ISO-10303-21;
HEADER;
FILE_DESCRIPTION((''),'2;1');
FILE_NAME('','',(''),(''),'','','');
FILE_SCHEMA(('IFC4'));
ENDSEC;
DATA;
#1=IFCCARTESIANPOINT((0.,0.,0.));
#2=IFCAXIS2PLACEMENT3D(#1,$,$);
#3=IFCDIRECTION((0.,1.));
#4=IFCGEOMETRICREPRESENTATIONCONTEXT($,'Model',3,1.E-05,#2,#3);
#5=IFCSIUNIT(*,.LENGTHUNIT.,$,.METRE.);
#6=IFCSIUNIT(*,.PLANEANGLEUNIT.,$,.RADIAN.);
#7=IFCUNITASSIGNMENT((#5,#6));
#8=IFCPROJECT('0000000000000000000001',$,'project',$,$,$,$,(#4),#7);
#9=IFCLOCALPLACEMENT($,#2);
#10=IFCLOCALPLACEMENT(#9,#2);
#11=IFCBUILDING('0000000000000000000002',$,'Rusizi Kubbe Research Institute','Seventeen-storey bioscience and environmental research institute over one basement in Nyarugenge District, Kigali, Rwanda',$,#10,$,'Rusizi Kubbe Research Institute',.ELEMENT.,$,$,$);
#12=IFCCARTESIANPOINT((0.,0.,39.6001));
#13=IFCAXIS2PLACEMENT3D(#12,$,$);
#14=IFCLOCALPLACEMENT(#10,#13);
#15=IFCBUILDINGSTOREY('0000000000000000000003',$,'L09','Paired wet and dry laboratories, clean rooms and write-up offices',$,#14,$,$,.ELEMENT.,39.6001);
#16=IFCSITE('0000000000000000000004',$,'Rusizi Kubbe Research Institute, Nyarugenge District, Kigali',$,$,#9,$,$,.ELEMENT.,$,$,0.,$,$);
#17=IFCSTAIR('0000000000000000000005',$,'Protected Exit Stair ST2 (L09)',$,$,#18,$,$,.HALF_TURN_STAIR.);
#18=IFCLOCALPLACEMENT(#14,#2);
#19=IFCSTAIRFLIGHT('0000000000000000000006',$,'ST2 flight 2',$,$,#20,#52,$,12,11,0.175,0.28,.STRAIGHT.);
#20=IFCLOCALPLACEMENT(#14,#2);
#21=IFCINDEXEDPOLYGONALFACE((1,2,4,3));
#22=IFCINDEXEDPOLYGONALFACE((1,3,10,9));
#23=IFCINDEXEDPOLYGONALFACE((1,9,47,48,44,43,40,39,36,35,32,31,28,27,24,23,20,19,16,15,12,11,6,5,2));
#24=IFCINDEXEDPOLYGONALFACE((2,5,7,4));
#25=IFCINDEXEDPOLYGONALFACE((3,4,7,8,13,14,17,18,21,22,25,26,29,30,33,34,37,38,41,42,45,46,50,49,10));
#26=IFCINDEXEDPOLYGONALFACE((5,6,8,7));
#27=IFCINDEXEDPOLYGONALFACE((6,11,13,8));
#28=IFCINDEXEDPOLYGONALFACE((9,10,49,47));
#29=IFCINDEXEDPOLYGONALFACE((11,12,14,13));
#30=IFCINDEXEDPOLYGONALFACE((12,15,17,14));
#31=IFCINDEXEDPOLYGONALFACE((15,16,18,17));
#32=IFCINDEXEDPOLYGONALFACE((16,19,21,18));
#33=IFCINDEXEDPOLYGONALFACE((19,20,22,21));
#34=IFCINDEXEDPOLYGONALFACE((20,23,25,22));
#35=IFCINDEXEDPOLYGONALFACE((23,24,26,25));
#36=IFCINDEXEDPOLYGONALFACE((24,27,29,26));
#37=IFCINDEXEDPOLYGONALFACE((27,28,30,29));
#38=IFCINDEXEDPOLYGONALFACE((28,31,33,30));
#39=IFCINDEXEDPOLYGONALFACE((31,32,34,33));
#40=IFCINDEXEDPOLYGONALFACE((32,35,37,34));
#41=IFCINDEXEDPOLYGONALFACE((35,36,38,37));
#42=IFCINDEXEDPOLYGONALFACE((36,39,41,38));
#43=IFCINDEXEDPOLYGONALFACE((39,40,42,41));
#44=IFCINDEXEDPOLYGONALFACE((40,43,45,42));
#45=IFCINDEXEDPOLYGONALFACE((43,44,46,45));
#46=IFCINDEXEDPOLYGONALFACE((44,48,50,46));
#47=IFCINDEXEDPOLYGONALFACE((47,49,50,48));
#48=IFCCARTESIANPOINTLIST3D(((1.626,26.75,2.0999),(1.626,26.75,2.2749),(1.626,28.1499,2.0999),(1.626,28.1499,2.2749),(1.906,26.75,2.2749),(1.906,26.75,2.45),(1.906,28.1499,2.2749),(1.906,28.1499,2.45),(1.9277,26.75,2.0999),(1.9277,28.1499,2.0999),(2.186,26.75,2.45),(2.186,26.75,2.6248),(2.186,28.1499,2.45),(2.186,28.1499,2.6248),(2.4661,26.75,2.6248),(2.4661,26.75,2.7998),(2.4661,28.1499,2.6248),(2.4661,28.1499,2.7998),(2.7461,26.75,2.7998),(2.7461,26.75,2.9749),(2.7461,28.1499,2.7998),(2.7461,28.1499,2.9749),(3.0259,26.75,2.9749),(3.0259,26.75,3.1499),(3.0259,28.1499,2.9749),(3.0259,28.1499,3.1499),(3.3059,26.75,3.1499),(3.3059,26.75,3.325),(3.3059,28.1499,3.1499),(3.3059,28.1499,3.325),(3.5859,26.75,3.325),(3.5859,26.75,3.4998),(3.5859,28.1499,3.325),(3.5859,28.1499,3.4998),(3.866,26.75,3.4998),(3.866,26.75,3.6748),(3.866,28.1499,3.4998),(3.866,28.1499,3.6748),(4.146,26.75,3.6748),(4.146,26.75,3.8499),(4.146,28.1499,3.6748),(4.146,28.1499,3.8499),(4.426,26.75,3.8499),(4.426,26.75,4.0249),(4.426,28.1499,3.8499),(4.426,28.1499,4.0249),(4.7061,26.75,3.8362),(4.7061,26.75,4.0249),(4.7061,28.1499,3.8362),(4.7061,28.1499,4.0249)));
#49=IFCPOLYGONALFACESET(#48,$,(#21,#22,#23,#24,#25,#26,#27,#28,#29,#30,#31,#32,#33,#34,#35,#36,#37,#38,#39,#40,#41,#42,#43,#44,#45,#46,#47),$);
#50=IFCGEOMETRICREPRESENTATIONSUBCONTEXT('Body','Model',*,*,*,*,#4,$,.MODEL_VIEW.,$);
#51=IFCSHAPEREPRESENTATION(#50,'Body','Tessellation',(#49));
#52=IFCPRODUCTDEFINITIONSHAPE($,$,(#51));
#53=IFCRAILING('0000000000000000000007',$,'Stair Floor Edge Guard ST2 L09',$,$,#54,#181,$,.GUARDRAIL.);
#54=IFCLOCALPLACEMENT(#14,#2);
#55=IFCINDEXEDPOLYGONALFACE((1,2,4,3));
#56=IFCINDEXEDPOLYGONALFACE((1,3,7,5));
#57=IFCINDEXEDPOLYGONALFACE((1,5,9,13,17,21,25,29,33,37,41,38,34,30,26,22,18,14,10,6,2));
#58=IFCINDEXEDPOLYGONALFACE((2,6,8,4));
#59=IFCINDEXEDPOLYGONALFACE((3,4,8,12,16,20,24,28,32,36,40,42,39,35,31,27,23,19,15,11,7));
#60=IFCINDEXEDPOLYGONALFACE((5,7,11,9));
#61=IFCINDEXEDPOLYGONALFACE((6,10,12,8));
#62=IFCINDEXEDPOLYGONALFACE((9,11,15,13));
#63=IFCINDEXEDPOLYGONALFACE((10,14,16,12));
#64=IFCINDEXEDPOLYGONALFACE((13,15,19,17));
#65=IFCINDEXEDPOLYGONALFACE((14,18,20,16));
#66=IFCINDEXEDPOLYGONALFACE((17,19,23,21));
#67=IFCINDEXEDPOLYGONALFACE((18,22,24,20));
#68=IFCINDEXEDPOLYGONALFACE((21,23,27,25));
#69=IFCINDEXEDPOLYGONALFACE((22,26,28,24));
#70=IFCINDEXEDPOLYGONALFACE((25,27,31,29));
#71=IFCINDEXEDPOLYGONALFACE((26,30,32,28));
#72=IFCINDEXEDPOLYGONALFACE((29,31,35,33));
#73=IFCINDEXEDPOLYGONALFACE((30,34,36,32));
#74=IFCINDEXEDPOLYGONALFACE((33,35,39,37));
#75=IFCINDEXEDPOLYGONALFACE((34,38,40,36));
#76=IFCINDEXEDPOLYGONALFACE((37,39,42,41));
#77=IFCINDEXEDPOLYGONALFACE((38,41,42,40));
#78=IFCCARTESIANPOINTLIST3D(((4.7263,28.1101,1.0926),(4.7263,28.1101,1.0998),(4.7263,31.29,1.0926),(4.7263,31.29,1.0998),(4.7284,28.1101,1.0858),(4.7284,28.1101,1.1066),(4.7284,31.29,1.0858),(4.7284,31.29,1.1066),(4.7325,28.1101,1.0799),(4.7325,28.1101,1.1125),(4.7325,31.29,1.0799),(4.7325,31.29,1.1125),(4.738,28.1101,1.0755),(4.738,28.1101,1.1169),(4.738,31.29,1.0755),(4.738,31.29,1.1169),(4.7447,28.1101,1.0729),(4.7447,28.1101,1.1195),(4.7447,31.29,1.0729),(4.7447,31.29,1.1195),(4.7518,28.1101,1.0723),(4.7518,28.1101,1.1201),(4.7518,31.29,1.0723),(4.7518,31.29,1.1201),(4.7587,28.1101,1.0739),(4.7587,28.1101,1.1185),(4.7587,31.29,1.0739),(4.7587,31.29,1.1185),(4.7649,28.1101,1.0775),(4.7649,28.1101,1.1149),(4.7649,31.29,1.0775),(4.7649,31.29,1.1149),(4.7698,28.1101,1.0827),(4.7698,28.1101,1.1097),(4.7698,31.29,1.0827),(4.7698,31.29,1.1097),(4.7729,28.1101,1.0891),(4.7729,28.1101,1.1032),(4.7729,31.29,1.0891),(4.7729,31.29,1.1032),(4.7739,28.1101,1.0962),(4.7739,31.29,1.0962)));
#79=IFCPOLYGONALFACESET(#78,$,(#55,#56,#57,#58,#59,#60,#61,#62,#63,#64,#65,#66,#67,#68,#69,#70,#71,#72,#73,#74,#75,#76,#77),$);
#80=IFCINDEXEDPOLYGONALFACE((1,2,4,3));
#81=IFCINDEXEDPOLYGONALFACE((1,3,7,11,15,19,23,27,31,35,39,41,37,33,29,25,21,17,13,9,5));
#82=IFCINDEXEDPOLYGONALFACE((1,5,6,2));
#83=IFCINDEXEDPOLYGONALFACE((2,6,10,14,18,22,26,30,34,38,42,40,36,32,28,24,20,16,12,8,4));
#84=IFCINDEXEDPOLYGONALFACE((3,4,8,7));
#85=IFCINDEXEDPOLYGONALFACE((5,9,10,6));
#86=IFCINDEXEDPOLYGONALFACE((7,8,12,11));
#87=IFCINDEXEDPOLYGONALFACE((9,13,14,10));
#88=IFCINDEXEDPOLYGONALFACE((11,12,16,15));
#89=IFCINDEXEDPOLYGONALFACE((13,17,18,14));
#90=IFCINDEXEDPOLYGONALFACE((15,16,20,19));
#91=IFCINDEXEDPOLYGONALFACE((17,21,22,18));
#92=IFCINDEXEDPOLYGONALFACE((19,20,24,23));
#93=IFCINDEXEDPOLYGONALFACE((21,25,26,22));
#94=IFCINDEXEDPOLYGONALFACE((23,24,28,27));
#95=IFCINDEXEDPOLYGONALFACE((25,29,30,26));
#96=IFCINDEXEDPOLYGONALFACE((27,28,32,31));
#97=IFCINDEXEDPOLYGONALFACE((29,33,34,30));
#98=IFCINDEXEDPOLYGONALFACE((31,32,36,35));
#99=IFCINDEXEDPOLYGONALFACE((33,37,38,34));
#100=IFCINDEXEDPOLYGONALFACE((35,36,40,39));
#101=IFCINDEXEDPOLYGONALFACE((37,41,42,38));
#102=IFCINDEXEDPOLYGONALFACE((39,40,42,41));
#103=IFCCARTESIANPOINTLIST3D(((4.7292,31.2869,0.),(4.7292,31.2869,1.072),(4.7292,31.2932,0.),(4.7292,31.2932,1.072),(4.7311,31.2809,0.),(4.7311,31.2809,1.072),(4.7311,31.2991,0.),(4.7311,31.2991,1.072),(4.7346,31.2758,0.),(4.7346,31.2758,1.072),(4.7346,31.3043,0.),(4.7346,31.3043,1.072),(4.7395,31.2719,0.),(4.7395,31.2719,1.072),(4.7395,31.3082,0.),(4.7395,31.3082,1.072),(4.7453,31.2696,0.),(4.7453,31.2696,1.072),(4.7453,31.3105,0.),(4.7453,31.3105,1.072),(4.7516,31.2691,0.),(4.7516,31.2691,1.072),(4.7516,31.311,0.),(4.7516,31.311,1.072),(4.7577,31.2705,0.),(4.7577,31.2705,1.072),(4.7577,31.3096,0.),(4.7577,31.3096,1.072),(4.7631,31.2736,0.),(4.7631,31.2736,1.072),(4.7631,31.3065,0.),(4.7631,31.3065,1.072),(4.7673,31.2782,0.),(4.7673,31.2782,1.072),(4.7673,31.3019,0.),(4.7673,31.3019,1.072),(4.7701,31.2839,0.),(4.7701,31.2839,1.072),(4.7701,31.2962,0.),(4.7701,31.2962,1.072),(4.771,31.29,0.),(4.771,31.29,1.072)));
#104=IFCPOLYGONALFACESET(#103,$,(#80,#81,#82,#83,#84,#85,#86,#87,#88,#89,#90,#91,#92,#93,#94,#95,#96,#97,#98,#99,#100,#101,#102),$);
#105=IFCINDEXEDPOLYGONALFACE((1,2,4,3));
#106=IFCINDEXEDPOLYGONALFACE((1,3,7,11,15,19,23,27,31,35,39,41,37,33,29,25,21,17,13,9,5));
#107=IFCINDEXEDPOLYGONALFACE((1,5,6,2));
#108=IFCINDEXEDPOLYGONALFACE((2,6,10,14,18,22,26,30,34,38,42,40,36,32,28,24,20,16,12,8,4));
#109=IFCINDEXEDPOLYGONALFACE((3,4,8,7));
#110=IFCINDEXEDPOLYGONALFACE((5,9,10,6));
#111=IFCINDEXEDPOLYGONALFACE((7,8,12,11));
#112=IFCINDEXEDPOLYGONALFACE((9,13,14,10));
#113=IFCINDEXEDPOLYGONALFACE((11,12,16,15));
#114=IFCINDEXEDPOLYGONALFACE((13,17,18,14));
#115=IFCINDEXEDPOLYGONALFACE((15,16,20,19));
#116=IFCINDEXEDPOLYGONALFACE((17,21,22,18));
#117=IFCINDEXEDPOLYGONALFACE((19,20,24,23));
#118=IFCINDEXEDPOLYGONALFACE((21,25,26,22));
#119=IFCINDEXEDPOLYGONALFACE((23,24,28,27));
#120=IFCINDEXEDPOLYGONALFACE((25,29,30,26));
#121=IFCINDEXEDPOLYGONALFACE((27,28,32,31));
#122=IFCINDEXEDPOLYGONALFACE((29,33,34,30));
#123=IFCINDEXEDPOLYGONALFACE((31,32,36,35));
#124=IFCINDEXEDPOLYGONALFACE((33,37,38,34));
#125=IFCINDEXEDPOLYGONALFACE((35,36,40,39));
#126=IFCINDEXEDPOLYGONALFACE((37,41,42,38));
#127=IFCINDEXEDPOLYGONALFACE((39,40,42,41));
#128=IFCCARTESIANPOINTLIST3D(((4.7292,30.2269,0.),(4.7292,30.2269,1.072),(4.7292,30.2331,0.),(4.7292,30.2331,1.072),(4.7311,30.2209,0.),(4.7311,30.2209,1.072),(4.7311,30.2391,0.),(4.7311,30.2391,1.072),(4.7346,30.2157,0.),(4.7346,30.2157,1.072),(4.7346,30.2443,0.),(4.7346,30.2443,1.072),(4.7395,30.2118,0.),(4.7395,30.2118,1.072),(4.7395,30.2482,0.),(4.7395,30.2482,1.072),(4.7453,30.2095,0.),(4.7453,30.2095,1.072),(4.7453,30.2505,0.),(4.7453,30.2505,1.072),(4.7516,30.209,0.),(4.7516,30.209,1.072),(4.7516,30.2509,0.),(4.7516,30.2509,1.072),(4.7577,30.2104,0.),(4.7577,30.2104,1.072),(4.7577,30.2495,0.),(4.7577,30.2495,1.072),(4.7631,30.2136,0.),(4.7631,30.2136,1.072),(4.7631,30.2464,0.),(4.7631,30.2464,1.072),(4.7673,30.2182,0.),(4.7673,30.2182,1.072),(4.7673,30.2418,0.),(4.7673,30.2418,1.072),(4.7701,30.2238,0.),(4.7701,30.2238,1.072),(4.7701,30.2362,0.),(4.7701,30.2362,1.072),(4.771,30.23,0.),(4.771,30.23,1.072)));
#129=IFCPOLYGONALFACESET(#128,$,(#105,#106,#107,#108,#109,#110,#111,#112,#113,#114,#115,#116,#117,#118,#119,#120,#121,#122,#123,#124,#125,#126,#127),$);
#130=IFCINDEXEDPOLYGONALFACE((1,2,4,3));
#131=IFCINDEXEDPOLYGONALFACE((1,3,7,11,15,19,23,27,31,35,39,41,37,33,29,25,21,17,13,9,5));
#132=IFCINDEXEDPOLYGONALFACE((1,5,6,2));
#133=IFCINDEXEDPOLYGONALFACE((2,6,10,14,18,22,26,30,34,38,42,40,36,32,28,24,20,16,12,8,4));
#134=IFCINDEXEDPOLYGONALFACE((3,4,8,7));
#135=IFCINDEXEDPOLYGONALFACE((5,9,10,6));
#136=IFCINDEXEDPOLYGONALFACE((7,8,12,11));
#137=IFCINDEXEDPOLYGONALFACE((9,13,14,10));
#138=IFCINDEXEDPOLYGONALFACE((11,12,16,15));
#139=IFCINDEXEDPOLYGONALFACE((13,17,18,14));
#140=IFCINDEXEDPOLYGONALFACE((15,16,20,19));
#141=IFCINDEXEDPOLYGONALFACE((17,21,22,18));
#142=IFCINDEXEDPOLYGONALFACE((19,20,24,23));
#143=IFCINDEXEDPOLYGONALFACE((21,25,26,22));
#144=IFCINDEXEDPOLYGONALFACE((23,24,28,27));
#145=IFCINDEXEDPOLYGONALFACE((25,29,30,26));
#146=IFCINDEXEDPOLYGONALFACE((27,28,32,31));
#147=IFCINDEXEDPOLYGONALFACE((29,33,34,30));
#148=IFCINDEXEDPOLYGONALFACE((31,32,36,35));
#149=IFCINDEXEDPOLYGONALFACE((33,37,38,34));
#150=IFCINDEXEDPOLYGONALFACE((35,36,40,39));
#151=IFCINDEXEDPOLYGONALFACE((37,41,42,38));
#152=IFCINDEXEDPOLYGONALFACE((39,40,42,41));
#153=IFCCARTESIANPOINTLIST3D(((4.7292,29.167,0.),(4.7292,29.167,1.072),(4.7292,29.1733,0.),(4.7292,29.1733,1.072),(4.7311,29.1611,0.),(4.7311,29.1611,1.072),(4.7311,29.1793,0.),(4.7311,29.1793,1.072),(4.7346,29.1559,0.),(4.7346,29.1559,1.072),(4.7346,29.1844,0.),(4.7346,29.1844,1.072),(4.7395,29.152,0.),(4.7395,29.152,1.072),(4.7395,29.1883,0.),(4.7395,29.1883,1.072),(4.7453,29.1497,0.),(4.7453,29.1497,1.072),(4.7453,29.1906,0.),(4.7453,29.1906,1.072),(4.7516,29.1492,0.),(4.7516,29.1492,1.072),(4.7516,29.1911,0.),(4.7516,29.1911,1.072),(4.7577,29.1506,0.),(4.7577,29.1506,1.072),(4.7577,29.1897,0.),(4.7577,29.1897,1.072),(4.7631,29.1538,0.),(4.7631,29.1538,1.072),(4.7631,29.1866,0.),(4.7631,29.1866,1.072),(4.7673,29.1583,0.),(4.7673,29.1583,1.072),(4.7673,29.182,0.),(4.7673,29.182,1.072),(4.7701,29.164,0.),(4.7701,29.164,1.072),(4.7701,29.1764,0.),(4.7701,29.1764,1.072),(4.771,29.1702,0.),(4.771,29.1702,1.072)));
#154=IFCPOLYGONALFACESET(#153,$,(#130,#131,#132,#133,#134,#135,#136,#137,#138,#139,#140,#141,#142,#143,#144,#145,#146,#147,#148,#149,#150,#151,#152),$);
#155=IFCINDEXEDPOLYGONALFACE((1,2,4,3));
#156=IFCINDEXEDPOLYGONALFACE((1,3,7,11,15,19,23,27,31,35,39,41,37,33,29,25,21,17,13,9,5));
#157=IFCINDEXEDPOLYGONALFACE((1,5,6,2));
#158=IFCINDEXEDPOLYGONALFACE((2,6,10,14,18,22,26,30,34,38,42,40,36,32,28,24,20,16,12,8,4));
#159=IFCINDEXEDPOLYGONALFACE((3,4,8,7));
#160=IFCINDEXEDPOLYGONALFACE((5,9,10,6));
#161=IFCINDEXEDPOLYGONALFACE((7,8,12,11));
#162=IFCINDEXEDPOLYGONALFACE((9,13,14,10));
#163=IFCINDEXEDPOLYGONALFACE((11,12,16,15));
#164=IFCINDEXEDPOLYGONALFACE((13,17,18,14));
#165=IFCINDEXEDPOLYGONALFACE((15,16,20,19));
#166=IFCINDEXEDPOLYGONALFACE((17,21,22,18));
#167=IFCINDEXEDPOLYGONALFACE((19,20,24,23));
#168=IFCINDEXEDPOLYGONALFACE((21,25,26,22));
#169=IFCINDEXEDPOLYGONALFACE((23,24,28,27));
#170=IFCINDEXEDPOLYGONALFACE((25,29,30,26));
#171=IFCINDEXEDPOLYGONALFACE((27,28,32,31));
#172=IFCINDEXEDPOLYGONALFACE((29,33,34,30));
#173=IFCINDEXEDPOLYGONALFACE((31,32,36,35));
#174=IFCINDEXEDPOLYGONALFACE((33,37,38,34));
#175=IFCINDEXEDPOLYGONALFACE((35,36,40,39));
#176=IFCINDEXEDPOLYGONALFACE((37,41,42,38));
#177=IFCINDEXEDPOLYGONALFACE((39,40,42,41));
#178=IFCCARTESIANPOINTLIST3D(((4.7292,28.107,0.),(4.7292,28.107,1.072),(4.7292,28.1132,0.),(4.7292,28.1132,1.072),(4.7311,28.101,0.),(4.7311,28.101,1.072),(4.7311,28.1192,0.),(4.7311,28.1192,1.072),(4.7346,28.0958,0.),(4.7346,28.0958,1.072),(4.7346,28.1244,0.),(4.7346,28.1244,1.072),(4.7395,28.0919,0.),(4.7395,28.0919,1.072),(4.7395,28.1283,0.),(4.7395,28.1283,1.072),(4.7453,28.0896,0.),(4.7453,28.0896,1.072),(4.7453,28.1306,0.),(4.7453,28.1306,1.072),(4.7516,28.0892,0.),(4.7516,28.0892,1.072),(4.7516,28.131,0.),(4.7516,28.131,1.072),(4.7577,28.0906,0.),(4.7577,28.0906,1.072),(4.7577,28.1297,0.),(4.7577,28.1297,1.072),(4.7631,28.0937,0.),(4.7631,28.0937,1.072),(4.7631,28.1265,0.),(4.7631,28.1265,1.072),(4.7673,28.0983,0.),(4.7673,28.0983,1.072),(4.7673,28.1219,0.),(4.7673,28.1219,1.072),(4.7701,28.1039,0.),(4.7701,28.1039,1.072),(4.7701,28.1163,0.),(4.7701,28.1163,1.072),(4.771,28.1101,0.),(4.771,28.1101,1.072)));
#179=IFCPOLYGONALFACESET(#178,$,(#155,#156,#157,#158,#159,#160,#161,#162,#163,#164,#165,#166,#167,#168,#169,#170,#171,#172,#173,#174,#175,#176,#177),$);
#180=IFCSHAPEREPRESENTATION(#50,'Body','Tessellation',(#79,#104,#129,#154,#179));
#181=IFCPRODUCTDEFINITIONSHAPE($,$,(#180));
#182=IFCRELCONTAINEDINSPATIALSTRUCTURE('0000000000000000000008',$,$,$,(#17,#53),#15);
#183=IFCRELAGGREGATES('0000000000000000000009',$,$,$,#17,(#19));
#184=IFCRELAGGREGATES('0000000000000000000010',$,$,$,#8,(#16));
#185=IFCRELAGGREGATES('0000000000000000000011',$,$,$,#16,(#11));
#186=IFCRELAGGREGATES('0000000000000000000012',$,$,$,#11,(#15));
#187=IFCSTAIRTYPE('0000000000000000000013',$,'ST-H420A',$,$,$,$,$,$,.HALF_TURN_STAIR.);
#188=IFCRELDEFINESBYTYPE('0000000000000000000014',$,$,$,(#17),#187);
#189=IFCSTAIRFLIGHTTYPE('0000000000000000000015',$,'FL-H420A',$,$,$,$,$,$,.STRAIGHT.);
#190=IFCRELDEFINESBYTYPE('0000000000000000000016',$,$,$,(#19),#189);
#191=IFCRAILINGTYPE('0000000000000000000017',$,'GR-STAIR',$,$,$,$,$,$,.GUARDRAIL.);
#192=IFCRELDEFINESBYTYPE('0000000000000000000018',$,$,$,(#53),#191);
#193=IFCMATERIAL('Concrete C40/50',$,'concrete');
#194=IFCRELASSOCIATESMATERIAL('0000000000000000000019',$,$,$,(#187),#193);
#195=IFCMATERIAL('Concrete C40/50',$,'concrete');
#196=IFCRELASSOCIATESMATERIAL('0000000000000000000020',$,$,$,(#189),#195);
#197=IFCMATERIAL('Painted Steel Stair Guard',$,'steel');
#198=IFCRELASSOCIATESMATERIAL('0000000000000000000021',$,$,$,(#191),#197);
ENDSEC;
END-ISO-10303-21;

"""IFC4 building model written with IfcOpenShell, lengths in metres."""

from ifc_helpers import new_model, si_unit, direction, frame, origin, origin_2d, place, context, subcontext, project, spatial, polyline, circle, outline, extrude, material, type_object, element, aggregate, save


model = new_model("IFC4")

# Units and contexts
model_context = context("Model", 3, precision=1e-05, world=origin(), true_north=direction((0.0, 1.0)))
body_context = subcontext(model_context, "Body", "Model", "MODEL_VIEW")
ifc_project = project(units=[si_unit("LENGTHUNIT", "METRE"), si_unit("PLANEANGLEUNIT", "RADIAN")], contexts=[model_context])

# Site, building, storey
site_placement = place(None, origin())
site = spatial("IfcSite", under=ifc_project, at=site_placement, Name="Rusizi Kubbe Research Institute, Nyarugenge District, Kigali", CompositionType="ELEMENT", RefElevation=0.0)
building_placement = place(site_placement, origin())
building = spatial("IfcBuilding", under=site, at=building_placement, Name="Rusizi Kubbe Research Institute", Description="Seventeen-storey bioscience and environmental research institute over one basement in Nyarugenge District, Kigali, Rwanda", LongName="Rusizi Kubbe Research Institute", CompositionType="ELEMENT")
storey_placement = place(building_placement, frame((0.0, 0.0, 39.6001)))
storey = spatial("IfcBuildingStorey", under=building, at=storey_placement, Name="L09", Description="Paired wet and dry laboratories, clean rooms and write-up offices", CompositionType="ELEMENT", Elevation=39.6001)

# Stair, stair flight
ifc_material_1 = material(Name="Concrete C40/50", Category="concrete")
stair_type = type_object("IfcStairType", Name="ST-H420A", PredefinedType="HALF_TURN_STAIR", material=ifc_material_1)
stair_placement = place(storey_placement, origin())
stair = element("IfcStair", 1, at=stair_placement, inside=storey, type_object=stair_type, Name="Protected Exit Stair ST2 (L09)", PredefinedType="HALF_TURN_STAIR")
ifc_material_2 = material(Name="Concrete C40/50", Category="concrete")
stair_flight_type = type_object("IfcStairFlightType", Name="FL-H420A", PredefinedType="STRAIGHT", material=ifc_material_2)
stair_flight_1_placement = place(storey_placement, frame((1.626, 27.45, 2.0999), z_axis=(0.0, 0.0, 1.0), x_axis=(1.0, 0.0, 0.0)))
stair_flight_1 = element("IfcStairFlight", 2, at=stair_flight_1_placement, type_object=stair_flight_type, Name="ST2 flight 2", NumberOfRisers=12, NumberOfTreads=11, PredefinedType="STRAIGHT", RiserHeight=0.175, TreadLength=0.28, context=body_context, shape_type="SweptSolid", body=[
    extrude(outline(polyline([(0.0, 0.0), (0.0, 0.175), (0.28, 0.175), (0.28, 0.3501), (0.5601, 0.3501), (0.5601, 0.5249), (0.8401, 0.5249), (0.8401, 0.7), (1.1201, 0.7), (1.1201, 0.875), (1.3999, 0.875), (1.3999, 1.05), (1.6799, 1.05), (1.6799, 1.2251), (1.96, 1.2251), (1.96, 1.3999), (2.24, 1.3999), (2.24, 1.575), (2.52, 1.575), (2.52, 1.75), (2.8, 1.75), (2.8, 1.925), (3.0801, 1.925), (3.0801, 2.1001), (3.0801, 1.7363), (0.3018, 0.0), (0.0, 0.0)])), frame((0.0, 0.7, 0.0), z_axis=(0.0, -1.0, 0.0), x_axis=(1.0, 0.0, 0.0)), (0.0, 0.0, 1.0), 1.3999),
])
aggregate(stair, [stair_flight_1])

# Railing
ifc_material_3 = material(Name="Painted Steel Stair Guard", Category="steel")
railing_type_1 = type_object("IfcRailingType", Name="GR-STAIR", PredefinedType="GUARDRAIL", material=ifc_material_3)
railing_1_placement = place(storey_placement, frame((4.75, 31.29, 0.0)))
element("IfcRailing", 3, at=railing_1_placement, inside=storey, type_object=railing_type_1, Name="Stair Floor Edge Guard ST2 L09", PredefinedType="GUARDRAIL", context=body_context, shape_type="SweptSolid", body=[
    extrude(circle(Radius=0.0239, at=origin_2d()), frame((0.0, 0.0, 1.0962), z_axis=(0.0, -1.0, 0.0), x_axis=(1.0, 0.0, 0.0)), (0.0, 0.0, 1.0), 3.1799),
    extrude(circle(Radius=0.021, at=origin_2d()), origin(), (0.0, 0.0, 1.0), 1.072),
    extrude(circle(Radius=0.021, at=origin_2d()), frame((0.0, -1.0601, 0.0)), (0.0, 0.0, 1.0), 1.072),
    extrude(circle(Radius=0.021, at=origin_2d()), frame((0.0, -2.1199, 0.0)), (0.0, 0.0, 1.0), 1.072),
    extrude(circle(Radius=0.021, at=origin_2d()), frame((0.0, -3.1799, 0.0)), (0.0, 0.0, 1.0), 1.072),
])

save(model, "model.ifc")
